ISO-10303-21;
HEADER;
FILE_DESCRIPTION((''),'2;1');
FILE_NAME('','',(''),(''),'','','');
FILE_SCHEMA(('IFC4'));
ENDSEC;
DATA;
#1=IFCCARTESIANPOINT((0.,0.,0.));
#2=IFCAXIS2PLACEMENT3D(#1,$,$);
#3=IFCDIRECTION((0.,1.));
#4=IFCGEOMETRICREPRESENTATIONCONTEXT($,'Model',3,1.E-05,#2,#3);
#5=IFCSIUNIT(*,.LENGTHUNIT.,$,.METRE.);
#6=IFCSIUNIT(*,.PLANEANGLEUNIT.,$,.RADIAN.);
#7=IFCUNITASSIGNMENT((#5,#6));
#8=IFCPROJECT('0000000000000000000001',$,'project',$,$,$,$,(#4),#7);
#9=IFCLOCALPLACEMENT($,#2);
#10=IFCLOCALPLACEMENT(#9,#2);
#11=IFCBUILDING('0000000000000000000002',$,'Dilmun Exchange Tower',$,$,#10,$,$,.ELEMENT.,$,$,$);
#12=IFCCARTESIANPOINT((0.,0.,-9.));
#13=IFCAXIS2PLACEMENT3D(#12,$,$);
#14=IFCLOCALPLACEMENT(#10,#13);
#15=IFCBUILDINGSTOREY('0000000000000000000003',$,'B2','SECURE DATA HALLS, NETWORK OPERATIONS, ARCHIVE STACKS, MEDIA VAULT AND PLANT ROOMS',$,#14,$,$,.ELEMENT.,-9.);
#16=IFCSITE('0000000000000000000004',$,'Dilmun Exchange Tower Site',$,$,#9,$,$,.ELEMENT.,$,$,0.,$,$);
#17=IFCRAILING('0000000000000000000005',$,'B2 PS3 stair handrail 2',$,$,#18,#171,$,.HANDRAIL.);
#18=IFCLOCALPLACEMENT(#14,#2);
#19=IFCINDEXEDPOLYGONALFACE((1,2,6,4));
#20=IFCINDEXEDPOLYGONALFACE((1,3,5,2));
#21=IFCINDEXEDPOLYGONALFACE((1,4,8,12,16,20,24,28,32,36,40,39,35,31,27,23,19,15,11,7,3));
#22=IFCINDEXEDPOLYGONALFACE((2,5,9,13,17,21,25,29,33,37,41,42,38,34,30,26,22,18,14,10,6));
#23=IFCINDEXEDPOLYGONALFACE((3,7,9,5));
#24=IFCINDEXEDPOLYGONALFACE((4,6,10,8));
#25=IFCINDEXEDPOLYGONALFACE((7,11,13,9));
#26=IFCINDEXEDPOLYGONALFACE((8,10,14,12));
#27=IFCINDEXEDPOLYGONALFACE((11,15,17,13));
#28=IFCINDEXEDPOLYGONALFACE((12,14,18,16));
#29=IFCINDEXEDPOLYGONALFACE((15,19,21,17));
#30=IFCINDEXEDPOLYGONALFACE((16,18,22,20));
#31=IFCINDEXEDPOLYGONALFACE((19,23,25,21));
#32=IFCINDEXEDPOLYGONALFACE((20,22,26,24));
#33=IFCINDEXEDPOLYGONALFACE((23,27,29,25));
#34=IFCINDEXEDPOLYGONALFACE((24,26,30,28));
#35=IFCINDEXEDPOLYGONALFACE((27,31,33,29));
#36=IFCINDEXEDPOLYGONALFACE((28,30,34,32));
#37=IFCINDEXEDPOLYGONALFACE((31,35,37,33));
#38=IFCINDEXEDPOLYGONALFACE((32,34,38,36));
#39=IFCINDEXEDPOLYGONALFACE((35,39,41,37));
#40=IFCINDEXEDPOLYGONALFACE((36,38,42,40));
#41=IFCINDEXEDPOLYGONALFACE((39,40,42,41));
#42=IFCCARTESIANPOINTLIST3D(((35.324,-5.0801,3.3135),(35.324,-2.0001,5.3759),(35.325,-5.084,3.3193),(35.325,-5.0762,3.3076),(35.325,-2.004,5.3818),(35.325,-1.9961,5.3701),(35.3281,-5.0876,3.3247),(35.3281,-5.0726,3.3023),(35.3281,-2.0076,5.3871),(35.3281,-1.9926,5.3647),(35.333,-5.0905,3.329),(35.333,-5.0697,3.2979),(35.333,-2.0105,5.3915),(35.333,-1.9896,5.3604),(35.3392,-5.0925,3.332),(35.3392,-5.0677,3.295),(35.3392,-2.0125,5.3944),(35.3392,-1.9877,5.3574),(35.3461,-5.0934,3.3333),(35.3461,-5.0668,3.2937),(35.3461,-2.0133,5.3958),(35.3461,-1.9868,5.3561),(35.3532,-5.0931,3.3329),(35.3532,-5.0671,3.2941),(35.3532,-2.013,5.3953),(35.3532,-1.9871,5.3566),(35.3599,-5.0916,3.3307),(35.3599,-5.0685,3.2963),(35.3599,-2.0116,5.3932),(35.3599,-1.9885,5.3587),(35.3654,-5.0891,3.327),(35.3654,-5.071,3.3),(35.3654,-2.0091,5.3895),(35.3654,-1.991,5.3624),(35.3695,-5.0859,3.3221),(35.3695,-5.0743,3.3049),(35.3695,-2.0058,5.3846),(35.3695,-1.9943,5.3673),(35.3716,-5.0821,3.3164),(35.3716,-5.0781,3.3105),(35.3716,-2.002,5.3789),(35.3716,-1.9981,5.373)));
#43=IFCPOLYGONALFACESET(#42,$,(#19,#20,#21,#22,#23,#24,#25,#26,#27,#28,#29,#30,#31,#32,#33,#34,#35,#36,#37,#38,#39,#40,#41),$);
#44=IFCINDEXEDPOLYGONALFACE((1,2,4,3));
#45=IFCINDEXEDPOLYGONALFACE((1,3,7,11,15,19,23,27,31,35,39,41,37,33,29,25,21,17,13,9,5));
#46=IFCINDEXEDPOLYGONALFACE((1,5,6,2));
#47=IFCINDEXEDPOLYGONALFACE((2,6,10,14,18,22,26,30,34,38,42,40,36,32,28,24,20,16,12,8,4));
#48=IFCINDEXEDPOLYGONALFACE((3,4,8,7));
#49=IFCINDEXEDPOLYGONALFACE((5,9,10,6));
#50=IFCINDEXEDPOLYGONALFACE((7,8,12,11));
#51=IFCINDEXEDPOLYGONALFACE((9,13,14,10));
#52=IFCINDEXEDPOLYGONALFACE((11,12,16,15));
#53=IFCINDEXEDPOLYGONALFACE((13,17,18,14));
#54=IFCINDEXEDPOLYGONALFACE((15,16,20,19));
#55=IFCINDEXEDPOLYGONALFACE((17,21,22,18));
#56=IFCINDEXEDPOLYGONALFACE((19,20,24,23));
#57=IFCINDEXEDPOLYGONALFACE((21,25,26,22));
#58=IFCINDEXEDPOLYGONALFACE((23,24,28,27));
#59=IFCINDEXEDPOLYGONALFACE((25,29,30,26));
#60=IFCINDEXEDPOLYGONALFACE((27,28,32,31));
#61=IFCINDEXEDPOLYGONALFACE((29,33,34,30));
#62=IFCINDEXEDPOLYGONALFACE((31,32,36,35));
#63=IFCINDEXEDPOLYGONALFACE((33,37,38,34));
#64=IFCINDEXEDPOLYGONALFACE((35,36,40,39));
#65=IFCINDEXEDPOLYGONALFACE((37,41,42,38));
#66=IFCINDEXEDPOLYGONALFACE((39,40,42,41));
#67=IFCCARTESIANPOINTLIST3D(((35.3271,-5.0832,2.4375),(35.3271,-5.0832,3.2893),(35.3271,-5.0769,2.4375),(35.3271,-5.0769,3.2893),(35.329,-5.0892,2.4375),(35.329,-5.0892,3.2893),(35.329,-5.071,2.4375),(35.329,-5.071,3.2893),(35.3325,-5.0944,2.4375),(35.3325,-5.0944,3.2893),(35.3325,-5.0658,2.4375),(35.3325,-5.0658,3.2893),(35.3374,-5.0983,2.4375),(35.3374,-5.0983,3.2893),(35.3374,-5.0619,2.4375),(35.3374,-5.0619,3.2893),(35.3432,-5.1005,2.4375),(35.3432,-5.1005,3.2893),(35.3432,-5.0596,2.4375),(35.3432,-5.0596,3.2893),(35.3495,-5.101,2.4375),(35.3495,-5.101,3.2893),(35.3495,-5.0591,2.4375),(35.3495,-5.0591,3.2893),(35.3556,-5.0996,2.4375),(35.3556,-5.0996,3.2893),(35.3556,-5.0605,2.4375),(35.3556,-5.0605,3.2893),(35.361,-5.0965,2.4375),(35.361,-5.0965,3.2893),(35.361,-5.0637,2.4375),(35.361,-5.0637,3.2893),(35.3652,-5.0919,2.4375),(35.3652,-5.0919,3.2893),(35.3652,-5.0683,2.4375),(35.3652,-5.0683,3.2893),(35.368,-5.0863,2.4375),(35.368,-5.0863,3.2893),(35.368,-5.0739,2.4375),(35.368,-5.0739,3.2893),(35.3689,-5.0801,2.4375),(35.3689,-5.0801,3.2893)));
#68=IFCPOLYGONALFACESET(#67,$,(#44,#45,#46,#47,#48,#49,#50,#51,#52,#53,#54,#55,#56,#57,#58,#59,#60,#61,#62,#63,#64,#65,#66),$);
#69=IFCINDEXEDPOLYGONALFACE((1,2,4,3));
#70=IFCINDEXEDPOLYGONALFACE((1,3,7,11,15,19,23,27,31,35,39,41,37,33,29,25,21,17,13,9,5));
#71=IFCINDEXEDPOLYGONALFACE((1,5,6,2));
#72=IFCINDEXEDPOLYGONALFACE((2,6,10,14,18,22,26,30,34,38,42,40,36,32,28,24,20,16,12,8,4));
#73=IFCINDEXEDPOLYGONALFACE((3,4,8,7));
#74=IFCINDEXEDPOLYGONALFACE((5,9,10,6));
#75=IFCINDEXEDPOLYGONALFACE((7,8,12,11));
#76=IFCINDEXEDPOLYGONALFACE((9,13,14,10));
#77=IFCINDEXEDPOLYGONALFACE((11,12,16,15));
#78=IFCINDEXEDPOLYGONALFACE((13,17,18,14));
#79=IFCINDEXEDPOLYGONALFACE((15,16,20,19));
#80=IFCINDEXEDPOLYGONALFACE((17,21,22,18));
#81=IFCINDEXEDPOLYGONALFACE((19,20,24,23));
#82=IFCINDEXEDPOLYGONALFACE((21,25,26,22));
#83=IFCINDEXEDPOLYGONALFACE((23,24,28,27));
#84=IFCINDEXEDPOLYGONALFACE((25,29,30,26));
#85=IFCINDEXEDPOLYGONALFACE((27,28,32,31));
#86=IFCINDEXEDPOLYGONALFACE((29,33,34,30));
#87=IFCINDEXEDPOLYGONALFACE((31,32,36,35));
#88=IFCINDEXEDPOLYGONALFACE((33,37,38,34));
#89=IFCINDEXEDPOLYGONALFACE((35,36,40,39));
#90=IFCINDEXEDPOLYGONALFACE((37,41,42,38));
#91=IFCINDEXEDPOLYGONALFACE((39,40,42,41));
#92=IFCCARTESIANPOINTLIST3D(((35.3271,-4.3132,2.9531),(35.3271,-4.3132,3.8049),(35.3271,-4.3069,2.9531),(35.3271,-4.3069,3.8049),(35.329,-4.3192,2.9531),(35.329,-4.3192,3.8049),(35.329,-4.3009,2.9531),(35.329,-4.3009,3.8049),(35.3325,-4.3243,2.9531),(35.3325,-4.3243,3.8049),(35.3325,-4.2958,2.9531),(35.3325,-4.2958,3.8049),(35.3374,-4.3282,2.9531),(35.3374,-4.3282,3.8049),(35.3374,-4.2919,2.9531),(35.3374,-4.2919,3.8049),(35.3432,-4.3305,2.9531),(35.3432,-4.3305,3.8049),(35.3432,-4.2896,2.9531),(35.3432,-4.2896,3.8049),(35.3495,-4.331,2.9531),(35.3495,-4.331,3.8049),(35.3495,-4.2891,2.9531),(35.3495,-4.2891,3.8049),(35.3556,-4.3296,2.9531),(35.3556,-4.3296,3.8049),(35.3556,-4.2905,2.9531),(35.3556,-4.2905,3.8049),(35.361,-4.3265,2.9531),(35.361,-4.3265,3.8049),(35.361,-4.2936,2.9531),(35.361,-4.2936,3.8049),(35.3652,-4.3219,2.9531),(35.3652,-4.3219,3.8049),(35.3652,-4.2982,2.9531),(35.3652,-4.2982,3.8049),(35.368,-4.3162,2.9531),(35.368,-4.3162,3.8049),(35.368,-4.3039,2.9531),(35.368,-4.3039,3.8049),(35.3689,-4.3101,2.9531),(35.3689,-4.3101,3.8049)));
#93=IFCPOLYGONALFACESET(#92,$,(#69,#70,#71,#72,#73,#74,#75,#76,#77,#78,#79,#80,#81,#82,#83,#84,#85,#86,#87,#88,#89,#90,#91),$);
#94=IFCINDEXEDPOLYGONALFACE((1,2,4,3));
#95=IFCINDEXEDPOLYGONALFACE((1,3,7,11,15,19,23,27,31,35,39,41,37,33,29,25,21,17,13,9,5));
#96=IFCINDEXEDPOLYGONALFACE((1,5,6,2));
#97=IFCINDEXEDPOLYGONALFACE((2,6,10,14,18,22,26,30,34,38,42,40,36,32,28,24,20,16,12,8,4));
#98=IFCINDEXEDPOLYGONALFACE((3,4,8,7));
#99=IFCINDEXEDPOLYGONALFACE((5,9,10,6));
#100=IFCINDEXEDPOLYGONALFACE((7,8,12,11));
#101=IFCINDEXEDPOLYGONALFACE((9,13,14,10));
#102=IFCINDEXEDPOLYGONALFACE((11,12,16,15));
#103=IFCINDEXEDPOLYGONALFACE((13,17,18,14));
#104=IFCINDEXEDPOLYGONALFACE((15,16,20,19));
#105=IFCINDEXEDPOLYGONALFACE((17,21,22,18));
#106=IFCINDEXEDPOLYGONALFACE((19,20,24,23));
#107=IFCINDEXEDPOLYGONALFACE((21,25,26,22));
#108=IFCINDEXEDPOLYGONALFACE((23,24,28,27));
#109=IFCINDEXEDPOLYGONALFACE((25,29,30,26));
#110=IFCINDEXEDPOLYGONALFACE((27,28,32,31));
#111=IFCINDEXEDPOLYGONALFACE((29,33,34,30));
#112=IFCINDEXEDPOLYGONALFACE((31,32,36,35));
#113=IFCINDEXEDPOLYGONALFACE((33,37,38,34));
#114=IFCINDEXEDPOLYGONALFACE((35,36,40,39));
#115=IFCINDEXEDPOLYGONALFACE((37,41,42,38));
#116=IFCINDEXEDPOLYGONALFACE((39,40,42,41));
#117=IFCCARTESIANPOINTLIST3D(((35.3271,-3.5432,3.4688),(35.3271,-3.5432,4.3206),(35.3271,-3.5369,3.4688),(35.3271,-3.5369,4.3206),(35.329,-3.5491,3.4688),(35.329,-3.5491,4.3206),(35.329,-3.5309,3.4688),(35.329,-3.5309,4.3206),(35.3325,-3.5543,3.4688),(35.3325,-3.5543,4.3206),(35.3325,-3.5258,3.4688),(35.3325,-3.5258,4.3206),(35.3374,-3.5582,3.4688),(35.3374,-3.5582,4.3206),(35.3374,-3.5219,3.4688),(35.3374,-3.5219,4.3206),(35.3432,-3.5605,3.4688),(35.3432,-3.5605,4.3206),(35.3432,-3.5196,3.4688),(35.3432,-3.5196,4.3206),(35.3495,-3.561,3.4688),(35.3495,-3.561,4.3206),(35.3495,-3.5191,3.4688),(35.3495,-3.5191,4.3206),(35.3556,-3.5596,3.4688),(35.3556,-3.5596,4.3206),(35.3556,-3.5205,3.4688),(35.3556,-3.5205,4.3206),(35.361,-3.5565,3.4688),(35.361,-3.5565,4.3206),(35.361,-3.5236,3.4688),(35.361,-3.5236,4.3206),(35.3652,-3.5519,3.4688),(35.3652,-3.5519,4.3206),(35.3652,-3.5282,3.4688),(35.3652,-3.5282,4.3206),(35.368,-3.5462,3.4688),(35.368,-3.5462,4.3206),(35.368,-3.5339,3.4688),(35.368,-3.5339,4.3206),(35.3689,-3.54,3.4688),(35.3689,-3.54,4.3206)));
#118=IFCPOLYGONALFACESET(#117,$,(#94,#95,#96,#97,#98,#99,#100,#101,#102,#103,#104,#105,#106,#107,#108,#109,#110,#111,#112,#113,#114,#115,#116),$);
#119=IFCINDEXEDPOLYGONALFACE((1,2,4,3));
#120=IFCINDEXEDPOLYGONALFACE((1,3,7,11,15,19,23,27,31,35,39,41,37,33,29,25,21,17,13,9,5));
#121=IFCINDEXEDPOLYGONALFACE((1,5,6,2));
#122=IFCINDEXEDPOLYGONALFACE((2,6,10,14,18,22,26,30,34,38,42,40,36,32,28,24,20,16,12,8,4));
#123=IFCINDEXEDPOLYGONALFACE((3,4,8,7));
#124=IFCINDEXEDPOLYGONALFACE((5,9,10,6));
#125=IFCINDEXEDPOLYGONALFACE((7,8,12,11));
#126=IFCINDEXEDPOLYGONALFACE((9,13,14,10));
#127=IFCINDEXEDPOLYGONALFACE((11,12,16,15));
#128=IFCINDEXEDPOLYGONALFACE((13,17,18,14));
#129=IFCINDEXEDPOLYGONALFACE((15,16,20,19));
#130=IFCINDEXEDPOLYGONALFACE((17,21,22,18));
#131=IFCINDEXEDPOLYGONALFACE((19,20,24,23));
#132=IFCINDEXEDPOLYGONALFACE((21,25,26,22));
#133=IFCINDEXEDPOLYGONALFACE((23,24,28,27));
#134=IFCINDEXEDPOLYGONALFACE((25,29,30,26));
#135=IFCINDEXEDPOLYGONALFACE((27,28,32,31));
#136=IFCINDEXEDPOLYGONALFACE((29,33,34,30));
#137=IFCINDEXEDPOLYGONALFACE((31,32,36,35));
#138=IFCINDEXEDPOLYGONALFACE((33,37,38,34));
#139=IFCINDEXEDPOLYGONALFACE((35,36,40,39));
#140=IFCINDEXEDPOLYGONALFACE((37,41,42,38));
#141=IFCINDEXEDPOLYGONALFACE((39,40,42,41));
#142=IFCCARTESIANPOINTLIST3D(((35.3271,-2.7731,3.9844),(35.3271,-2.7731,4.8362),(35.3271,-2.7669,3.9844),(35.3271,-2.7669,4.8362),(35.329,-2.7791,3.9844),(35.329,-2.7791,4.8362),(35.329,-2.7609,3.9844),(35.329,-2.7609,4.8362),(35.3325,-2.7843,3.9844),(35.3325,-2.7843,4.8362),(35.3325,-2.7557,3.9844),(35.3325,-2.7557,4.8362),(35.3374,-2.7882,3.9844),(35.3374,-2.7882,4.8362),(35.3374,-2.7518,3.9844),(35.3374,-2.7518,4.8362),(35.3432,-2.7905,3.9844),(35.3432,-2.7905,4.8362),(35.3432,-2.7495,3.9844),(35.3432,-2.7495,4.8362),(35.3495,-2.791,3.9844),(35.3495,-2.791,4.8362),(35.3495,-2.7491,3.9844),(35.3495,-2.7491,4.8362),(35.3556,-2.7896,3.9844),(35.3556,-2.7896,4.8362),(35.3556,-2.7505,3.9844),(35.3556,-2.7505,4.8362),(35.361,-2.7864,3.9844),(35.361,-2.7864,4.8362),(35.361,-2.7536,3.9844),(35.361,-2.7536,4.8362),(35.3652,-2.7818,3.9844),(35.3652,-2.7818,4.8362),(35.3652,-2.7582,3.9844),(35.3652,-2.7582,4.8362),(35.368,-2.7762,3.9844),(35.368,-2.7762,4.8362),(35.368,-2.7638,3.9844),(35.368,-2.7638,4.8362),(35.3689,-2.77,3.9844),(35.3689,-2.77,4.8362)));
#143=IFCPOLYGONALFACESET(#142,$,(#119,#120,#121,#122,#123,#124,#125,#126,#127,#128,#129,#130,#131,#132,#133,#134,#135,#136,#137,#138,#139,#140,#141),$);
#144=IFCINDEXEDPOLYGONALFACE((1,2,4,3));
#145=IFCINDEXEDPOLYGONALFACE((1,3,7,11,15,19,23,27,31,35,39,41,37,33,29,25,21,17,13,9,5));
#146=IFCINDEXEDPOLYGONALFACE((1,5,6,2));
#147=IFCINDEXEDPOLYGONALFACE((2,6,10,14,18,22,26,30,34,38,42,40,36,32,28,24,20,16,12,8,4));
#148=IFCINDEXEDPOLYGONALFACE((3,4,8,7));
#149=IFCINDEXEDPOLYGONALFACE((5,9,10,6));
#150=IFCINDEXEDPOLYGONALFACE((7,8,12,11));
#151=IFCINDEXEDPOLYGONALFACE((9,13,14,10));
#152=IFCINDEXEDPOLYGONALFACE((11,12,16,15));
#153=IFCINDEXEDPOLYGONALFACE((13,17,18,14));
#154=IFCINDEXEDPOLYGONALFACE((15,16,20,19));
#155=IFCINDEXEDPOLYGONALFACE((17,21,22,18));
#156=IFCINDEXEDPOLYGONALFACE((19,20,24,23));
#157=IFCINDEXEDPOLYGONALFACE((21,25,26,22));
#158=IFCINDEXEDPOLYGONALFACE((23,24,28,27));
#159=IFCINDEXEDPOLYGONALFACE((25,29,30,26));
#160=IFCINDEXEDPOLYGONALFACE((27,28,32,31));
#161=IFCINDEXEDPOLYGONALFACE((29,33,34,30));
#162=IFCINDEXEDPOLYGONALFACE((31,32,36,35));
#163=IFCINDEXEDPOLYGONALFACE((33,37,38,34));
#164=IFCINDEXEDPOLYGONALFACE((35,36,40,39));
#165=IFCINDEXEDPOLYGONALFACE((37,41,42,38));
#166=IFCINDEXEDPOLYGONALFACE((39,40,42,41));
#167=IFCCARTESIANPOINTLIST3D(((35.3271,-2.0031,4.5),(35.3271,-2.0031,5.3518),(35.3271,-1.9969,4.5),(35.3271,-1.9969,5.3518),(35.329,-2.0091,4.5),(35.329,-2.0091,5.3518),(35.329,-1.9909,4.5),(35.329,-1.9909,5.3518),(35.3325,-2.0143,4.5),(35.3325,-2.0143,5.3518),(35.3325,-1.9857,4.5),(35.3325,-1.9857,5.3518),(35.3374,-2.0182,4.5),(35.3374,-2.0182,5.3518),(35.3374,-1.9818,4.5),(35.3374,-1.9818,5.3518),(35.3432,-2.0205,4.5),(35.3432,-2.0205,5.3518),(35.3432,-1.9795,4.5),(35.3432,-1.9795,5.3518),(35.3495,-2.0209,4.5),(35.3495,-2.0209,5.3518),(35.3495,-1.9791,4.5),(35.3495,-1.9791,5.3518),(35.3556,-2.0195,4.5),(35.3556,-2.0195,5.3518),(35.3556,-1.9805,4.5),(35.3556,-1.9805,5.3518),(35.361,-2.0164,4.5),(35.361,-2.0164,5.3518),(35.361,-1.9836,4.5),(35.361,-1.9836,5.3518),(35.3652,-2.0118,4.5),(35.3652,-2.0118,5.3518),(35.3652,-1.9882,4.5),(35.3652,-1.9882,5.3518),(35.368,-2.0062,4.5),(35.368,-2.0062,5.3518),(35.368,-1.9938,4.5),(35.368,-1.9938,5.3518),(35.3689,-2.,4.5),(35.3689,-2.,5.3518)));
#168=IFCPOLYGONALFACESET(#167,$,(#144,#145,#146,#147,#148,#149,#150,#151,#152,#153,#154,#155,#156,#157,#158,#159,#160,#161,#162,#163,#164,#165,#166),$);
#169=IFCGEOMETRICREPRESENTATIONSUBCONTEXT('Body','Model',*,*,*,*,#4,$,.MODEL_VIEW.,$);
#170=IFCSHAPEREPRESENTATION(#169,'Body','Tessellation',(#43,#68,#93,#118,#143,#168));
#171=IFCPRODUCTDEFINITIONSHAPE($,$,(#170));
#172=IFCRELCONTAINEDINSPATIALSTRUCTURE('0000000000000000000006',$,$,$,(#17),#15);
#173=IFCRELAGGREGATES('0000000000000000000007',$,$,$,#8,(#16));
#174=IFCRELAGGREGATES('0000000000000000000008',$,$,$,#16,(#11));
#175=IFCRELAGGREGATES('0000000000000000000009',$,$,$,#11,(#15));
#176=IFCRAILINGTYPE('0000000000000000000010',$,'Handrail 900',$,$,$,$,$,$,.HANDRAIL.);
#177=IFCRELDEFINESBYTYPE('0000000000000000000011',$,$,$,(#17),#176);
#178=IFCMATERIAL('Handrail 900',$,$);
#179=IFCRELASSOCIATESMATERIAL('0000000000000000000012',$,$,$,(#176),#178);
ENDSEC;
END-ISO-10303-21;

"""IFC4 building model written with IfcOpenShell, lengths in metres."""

from ifc_helpers import new_model, si_unit, direction, frame, origin, origin_2d, place, context, subcontext, project, spatial, circle, extrude, material, type_object, element, save


model = new_model("IFC4")

# Units and contexts
model_context = context("Model", 3, precision=1e-05, world=origin(), true_north=direction((0.0, 1.0)))
body_context = subcontext(model_context, "Body", "Model", "MODEL_VIEW")
ifc_project = project(units=[si_unit("LENGTHUNIT", "METRE"), si_unit("PLANEANGLEUNIT", "RADIAN")], contexts=[model_context])

# Site, building, storey
site_placement = place(None, origin())
site = spatial("IfcSite", under=ifc_project, at=site_placement, Name="Dilmun Exchange Tower Site", CompositionType="ELEMENT", RefElevation=0.0)
building_placement = place(site_placement, origin())
building = spatial("IfcBuilding", under=site, at=building_placement, Name="Dilmun Exchange Tower", CompositionType="ELEMENT")
storey_placement = place(building_placement, frame((0.0, 0.0, -9.0)))
storey = spatial("IfcBuildingStorey", under=building, at=storey_placement, Name="B2", Description="SECURE DATA HALLS, NETWORK OPERATIONS, ARCHIVE STACKS, MEDIA VAULT AND PLANT ROOMS", CompositionType="ELEMENT", Elevation=-9.0)

# Railing
ifc_material_1 = material(Name="Handrail 900")
railing_type_1 = type_object("IfcRailingType", Name="Handrail 900", PredefinedType="HANDRAIL", material=ifc_material_1)
railing_1_placement = place(storey_placement, frame((35.3479, -5.0801, 2.4375)))
element("IfcRailing", 1, at=railing_1_placement, inside=storey, type_object=railing_type_1, Name="B2 PS3 stair handrail 2", PredefinedType="HANDRAIL", context=body_context, shape_type="SweptSolid", body=[
    extrude(circle(Radius=0.0239, at=origin_2d()), frame((0.0, 0.0, 0.876), z_axis=(0.0, 0.830914, 0.556401), x_axis=(-1.0, 0.0, 0.0)), (0.0, 0.0, 1.0), 3.7068),
    extrude(circle(Radius=0.021, at=origin_2d()), origin(), (0.0, 0.0, 1.0), 0.8518),
    extrude(circle(Radius=0.021, at=origin_2d()), frame((0.0, 0.77, 0.5156)), (0.0, 0.0, 1.0), 0.8518),
    extrude(circle(Radius=0.021, at=origin_2d()), frame((0.0, 1.54, 1.0312)), (0.0, 0.0, 1.0), 0.8518),
    extrude(circle(Radius=0.021, at=origin_2d()), frame((0.0, 2.3101, 1.5469)), (0.0, 0.0, 1.0), 0.8518),
    extrude(circle(Radius=0.021, at=origin_2d()), frame((0.0, 3.0801, 2.0625)), (0.0, 0.0, 1.0), 0.8518),
])

save(model, "model.ifc")
